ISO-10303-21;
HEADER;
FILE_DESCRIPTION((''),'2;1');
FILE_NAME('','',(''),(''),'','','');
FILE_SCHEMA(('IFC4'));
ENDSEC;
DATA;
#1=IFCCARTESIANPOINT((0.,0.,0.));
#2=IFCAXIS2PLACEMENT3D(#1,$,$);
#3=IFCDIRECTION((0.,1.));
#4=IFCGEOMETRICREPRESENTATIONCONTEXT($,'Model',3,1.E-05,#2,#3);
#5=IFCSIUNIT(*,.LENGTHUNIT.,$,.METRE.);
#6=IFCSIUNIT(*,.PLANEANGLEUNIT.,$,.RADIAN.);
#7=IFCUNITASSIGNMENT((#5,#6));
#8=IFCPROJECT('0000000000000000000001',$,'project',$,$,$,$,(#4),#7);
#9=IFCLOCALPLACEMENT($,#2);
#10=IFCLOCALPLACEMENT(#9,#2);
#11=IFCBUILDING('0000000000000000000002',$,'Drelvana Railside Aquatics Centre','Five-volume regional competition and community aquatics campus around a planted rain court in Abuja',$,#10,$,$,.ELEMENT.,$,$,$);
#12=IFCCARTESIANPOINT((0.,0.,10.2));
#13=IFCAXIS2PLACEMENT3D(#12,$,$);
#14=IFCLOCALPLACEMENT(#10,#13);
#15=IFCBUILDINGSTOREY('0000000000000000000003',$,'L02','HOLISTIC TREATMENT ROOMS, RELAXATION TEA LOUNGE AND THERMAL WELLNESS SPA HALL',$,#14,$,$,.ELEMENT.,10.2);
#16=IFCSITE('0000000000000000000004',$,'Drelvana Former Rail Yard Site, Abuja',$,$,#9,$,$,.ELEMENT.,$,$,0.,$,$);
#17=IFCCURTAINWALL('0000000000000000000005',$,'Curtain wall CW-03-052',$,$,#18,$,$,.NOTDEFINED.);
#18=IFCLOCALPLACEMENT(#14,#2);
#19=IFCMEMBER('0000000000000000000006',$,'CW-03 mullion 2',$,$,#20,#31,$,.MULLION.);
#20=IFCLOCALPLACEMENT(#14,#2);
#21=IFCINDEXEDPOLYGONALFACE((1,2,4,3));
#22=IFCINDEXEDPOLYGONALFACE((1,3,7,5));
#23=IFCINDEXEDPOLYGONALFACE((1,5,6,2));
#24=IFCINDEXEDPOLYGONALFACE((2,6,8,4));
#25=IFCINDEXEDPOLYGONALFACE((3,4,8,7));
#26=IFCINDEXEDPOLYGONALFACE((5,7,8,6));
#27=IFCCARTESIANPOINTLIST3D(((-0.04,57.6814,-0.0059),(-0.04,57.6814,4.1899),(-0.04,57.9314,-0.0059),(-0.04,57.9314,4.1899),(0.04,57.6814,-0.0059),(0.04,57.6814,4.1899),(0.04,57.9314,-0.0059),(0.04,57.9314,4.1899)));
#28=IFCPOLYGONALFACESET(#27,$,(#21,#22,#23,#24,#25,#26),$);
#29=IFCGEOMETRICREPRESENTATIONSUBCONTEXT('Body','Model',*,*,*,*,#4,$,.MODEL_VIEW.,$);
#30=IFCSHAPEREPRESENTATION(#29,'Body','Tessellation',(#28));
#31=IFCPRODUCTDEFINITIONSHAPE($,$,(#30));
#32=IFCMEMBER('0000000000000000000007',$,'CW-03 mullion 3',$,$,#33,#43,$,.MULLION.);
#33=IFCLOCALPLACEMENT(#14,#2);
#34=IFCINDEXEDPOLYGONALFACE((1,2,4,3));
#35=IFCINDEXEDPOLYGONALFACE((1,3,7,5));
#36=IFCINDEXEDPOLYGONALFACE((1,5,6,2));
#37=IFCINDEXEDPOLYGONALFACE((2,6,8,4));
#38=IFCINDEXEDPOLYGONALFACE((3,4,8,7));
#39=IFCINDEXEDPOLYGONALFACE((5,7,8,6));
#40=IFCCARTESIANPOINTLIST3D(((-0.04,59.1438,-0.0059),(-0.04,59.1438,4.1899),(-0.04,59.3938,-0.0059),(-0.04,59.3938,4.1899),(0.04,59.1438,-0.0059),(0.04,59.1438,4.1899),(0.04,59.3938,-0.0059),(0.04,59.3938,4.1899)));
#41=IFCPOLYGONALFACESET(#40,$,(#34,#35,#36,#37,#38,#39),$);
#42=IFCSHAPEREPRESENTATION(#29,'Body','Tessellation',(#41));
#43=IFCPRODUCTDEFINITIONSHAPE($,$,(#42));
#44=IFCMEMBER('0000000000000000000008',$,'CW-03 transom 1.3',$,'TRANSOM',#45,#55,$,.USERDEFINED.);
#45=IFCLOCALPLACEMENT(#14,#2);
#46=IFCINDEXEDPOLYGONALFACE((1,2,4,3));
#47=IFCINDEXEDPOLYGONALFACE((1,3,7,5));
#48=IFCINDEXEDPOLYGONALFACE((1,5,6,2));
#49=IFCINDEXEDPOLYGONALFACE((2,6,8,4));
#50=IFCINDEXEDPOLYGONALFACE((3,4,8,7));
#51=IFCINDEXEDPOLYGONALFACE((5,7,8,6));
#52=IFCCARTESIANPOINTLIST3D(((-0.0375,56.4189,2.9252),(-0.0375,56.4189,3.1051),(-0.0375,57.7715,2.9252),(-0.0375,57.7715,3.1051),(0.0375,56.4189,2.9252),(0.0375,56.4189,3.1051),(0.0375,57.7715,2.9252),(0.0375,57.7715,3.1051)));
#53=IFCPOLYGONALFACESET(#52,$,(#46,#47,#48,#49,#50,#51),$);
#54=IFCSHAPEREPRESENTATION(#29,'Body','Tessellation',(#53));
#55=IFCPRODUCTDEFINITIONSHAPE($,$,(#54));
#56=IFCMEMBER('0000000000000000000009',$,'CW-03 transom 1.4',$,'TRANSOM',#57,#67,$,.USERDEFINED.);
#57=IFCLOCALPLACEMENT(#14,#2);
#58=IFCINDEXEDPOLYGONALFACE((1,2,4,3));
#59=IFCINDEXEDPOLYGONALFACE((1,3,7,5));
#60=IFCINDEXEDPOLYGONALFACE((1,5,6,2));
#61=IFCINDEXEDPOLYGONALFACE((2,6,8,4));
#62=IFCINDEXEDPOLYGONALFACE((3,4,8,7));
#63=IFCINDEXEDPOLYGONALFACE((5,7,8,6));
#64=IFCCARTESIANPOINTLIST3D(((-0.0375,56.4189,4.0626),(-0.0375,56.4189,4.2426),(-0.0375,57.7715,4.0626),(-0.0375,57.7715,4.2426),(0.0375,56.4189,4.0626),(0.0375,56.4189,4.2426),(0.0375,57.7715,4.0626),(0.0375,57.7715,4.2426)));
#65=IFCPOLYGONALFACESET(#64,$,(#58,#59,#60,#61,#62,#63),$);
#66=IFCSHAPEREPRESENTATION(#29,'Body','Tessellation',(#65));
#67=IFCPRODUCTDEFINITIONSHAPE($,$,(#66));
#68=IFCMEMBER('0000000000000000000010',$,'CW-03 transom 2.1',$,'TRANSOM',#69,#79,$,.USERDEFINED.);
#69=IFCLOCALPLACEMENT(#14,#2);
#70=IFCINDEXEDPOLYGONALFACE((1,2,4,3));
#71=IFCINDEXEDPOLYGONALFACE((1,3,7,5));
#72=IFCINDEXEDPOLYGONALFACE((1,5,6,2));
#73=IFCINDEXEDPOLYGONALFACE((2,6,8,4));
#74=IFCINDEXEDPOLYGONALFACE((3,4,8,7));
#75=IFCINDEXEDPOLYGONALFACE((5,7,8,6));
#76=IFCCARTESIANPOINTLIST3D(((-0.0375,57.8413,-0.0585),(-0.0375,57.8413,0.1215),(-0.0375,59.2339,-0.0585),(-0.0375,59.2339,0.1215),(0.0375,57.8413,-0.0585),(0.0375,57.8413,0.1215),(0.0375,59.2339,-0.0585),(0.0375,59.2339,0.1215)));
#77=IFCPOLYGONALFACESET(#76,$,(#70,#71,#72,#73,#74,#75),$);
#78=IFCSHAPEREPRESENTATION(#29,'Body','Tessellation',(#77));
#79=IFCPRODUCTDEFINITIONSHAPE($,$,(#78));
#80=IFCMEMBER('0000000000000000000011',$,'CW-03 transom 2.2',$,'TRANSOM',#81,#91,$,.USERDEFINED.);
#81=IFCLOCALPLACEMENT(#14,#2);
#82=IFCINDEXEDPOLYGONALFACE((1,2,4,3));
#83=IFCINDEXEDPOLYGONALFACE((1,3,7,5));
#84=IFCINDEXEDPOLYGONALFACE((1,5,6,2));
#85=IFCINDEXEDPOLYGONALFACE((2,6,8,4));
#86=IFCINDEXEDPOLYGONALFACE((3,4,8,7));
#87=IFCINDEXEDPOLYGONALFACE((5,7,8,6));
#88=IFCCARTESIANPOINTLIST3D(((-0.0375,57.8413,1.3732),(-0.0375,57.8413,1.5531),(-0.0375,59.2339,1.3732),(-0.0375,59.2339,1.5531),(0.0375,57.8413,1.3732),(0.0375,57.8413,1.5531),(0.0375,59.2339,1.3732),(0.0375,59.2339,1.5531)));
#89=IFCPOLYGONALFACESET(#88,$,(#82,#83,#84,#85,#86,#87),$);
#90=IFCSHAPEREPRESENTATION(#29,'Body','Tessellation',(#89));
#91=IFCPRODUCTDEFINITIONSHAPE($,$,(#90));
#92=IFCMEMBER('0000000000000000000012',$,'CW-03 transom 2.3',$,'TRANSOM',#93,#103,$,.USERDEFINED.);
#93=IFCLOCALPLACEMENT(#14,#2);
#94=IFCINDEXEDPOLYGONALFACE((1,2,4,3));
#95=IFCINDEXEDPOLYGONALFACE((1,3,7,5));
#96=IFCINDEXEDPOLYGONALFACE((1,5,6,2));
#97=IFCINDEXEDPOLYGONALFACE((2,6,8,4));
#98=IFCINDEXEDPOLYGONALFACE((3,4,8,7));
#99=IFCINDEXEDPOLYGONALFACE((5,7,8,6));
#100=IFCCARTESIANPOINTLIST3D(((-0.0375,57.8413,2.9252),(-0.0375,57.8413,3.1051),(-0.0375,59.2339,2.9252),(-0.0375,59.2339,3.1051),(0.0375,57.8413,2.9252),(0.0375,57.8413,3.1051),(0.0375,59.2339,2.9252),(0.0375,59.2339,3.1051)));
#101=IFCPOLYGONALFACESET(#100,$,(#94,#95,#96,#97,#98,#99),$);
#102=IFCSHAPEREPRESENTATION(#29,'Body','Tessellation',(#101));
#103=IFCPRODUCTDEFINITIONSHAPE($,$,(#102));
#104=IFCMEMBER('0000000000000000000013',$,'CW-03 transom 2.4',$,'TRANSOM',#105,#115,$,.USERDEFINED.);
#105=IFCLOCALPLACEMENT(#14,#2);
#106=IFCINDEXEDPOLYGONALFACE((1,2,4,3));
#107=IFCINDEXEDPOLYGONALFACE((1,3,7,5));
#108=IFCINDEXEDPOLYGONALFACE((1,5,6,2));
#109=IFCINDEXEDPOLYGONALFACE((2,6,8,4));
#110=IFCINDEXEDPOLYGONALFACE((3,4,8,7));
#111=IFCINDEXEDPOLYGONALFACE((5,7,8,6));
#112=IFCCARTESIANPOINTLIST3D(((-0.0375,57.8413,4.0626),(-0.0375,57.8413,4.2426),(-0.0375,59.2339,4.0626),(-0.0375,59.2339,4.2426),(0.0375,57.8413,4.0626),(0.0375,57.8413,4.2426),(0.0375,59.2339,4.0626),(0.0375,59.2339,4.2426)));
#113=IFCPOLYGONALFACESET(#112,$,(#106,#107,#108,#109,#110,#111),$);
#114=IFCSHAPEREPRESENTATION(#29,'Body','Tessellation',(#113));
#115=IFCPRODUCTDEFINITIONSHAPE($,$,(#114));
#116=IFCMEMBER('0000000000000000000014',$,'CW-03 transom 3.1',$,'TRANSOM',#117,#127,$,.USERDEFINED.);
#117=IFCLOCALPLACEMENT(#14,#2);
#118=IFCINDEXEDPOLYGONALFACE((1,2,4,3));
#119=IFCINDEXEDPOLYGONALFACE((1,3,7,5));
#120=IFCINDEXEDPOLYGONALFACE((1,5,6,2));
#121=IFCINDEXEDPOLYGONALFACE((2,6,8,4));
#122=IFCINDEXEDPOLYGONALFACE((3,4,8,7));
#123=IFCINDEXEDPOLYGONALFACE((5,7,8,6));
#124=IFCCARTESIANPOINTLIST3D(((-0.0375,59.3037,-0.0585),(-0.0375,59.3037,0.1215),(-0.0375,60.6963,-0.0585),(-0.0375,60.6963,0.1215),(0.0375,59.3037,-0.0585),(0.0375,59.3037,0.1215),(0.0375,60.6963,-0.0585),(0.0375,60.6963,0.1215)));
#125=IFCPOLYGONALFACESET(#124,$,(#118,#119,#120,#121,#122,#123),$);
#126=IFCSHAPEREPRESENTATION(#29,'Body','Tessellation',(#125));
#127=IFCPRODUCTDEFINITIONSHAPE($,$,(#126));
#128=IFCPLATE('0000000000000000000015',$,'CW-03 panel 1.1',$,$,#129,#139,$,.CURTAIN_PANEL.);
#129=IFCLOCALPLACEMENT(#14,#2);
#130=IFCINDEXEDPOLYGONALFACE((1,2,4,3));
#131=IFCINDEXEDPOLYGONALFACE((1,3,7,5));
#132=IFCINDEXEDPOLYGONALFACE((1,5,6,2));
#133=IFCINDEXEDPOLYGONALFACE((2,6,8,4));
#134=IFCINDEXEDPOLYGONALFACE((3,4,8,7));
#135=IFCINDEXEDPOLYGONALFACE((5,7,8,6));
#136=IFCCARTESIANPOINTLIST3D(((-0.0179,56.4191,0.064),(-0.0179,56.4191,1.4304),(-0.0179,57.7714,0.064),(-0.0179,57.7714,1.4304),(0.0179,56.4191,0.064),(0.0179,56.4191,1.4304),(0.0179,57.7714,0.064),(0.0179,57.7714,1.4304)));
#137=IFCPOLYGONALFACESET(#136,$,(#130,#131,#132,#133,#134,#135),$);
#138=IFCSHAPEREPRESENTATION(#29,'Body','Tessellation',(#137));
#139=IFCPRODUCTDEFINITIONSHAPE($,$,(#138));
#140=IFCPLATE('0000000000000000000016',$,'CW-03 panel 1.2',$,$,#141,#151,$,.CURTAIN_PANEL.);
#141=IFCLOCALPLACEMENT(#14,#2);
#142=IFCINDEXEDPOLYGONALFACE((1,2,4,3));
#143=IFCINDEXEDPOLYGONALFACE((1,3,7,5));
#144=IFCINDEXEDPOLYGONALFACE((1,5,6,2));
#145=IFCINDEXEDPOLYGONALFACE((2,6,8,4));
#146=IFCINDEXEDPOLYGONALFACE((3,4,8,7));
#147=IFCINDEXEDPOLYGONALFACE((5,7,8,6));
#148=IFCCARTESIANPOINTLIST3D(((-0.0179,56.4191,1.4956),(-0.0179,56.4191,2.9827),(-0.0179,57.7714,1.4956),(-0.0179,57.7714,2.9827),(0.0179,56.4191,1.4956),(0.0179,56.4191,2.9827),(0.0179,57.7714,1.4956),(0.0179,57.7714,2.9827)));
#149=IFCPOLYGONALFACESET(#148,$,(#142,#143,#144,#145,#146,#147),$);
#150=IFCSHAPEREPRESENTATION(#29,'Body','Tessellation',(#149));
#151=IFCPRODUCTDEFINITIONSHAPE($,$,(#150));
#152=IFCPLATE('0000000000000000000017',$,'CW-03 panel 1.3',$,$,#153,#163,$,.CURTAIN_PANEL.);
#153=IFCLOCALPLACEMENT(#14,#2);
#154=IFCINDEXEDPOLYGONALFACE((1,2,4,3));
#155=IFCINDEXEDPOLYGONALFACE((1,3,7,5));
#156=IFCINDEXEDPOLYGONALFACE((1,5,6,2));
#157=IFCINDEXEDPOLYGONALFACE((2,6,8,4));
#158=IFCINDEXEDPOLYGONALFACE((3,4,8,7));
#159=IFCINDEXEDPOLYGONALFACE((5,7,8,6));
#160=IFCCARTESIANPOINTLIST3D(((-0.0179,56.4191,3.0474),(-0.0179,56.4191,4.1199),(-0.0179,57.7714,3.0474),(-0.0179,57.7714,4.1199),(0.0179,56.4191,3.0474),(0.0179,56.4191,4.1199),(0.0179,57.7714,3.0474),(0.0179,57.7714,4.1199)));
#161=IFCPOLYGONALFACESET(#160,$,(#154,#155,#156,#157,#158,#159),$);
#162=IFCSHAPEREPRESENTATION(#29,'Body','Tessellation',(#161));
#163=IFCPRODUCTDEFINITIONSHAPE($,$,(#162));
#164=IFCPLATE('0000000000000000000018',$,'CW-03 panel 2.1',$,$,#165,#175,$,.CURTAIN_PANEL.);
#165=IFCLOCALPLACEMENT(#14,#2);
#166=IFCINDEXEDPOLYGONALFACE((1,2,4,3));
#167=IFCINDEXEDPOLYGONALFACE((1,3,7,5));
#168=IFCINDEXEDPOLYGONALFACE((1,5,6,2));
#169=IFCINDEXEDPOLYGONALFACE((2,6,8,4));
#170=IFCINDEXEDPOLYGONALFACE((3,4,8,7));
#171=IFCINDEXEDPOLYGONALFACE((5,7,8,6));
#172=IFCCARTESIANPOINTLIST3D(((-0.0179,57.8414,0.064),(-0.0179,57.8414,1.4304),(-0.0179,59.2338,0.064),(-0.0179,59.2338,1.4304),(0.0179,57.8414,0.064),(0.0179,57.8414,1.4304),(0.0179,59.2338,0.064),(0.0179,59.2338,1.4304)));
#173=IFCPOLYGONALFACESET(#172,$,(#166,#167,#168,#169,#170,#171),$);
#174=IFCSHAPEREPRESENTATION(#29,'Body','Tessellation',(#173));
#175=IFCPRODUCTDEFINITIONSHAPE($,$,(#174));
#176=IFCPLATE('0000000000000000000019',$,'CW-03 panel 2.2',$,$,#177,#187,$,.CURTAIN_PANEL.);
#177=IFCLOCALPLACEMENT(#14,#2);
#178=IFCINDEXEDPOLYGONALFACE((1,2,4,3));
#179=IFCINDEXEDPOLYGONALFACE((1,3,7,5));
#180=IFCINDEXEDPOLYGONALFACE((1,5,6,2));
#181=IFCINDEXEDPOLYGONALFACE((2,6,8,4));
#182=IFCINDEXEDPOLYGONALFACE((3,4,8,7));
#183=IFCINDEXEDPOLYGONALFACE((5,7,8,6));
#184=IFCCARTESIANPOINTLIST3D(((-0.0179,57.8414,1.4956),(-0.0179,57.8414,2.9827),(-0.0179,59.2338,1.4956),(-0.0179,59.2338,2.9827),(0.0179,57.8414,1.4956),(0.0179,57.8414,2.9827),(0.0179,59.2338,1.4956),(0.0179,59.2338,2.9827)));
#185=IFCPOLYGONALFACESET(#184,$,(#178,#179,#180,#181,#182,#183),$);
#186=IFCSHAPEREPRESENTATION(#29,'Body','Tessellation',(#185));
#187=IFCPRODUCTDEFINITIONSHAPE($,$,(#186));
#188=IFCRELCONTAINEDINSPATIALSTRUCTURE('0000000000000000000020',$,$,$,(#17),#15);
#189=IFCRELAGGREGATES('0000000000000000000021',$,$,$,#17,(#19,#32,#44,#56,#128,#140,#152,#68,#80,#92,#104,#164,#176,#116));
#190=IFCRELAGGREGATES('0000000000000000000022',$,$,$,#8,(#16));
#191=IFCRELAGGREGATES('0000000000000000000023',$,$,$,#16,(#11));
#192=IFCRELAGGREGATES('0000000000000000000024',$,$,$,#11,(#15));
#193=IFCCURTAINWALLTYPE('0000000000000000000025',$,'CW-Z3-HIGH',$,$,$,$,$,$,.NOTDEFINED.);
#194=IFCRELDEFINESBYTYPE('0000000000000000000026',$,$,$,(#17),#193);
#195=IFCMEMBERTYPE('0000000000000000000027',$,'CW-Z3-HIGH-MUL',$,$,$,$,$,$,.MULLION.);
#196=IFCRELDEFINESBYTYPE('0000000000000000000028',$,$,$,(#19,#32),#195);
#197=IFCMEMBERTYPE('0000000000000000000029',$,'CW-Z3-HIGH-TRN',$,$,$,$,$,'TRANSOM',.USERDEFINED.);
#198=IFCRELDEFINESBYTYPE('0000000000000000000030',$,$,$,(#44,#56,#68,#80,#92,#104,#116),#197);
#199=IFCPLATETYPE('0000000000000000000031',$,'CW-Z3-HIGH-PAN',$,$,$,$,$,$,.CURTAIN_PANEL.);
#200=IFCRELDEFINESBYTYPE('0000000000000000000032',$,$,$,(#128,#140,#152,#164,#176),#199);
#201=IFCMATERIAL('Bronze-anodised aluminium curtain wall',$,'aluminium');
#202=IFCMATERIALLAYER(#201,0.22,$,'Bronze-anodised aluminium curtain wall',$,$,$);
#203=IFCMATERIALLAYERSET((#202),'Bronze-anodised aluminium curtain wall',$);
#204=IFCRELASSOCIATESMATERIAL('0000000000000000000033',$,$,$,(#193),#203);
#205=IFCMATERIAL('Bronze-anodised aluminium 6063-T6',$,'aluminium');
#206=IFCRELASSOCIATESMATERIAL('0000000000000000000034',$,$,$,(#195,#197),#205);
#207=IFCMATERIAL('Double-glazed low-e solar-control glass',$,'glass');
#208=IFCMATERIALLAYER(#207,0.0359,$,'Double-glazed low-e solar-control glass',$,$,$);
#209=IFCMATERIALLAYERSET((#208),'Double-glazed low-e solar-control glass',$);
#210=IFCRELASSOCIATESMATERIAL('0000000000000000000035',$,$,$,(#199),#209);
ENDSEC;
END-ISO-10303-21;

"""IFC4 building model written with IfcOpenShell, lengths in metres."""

from ifc_helpers import new_model, si_unit, direction, frame, origin, origin_2d, place, context, subcontext, project, spatial, rectangle, extrude, material, layer, layer_set, material_profile, profile_set, type_object, element, aggregate, save


model = new_model("IFC4")

# Units and contexts
model_context = context("Model", 3, precision=1e-05, world=origin(), true_north=direction((0.0, 1.0)))
body_context = subcontext(model_context, "Body", "Model", "MODEL_VIEW")
ifc_project = project(units=[si_unit("LENGTHUNIT", "METRE"), si_unit("PLANEANGLEUNIT", "RADIAN")], contexts=[model_context])

# Site, building, storey
site_placement = place(None, origin())
site = spatial("IfcSite", under=ifc_project, at=site_placement, Name="Drelvana Former Rail Yard Site, Abuja", CompositionType="ELEMENT", RefElevation=0.0)
building_placement = place(site_placement, origin())
building = spatial("IfcBuilding", under=site, at=building_placement, Name="Drelvana Railside Aquatics Centre", Description="Five-volume regional competition and community aquatics campus around a planted rain court in Abuja", CompositionType="ELEMENT")
storey_placement = place(building_placement, frame((0.0, 0.0, 10.2)))
storey = spatial("IfcBuildingStorey", under=building, at=storey_placement, Name="L02", Description="HOLISTIC TREATMENT ROOMS, RELAXATION TEA LOUNGE AND THERMAL WELLNESS SPA HALL", CompositionType="ELEMENT", Elevation=10.2)

# Curtain wall, members, plates
ifc_material_1 = material(Name="Bronze-anodised aluminium curtain wall", Category="aluminium")
ifc_layer_1 = layer(ifc_material_1, 0.22, Name="Bronze-anodised aluminium curtain wall")
ifc_layer_set_1 = layer_set([ifc_layer_1], Name="Bronze-anodised aluminium curtain wall")
curtain_wall_type = type_object("IfcCurtainWallType", Name="CW-Z3-HIGH", PredefinedType="NOTDEFINED", material=ifc_layer_set_1)
curtain_wall_placement = place(storey_placement, origin())
curtain_wall = element("IfcCurtainWall", 1, at=curtain_wall_placement, inside=storey, type_object=curtain_wall_type, Name="Curtain wall CW-03-052", PredefinedType="NOTDEFINED")
ifc_material_2 = material(Name="Bronze-anodised aluminium 6063-T6", Category="aluminium")
ifc_material_profile_1 = material_profile(ifc_material_2, rectangle(XDim=0.0801, YDim=0.25, at=origin_2d()), Name="ALU-M 80x250")
ifc_profile_set_1 = profile_set([ifc_material_profile_1], Name="Bronze-anodised aluminium 6063-T6")
member_type_1 = type_object("IfcMemberType", Name="CW-Z3-HIGH-MUL", PredefinedType="MULLION", material=ifc_profile_set_1)
member_1_placement = place(storey_placement, frame((0.0, 57.8064, -0.0059), z_axis=(0.0, 0.0, 1.0), x_axis=(-1.0, 0.0, 0.0)))
member_1 = element("IfcMember", 2, at=member_1_placement, type_object=member_type_1, Name="CW-03 mullion 2", PredefinedType="MULLION", context=body_context, shape_type="SweptSolid", body=[
    extrude(rectangle(XDim=0.0801, YDim=0.25, at=origin_2d()), origin(), (0.0, 0.0, 1.0), 4.1958),
])
member_2_placement = place(storey_placement, frame((0.0, 59.2688, -0.0059), z_axis=(0.0, 0.0, 1.0), x_axis=(-1.0, 0.0, 0.0)))
member_2 = element("IfcMember", 3, at=member_2_placement, type_object=member_type_1, Name="CW-03 mullion 3", PredefinedType="MULLION", context=body_context, shape_type="SweptSolid", body=[
    extrude(rectangle(XDim=0.0801, YDim=0.25, at=origin_2d()), origin(), (0.0, 0.0, 1.0), 4.1958),
])
ifc_material_profile_2 = material_profile(ifc_material_2, rectangle(XDim=0.1799, YDim=0.075, at=origin_2d()), Name="ALU-T 75x180")
ifc_profile_set_2 = profile_set([ifc_material_profile_2], Name="Bronze-anodised aluminium 6063-T6")
member_type_2 = type_object("IfcMemberType", Name="CW-Z3-HIGH-TRN", ElementType="TRANSOM", PredefinedType="USERDEFINED", material=ifc_profile_set_2)
member_3_placement = place(storey_placement, frame((0.0, 56.4189, 3.0151), z_axis=(0.0, 1.0, 0.0), x_axis=(0.0, 0.0, 1.0)))
member_3 = element("IfcMember", 4, at=member_3_placement, type_object=member_type_2, Name="CW-03 transom 1.3", ObjectType="TRANSOM", PredefinedType="USERDEFINED", context=body_context, shape_type="SweptSolid", body=[
    extrude(rectangle(XDim=0.1799, YDim=0.075, at=origin_2d()), origin(), (0.0, 0.0, 1.0), 1.3525),
])
member_4_placement = place(storey_placement, frame((0.0, 56.4189, 4.1526), z_axis=(0.0, 1.0, 0.0), x_axis=(0.0, 0.0, 1.0)))
member_4 = element("IfcMember", 5, at=member_4_placement, type_object=member_type_2, Name="CW-03 transom 1.4", ObjectType="TRANSOM", PredefinedType="USERDEFINED", context=body_context, shape_type="SweptSolid", body=[
    extrude(rectangle(XDim=0.1799, YDim=0.075, at=origin_2d()), origin(), (0.0, 0.0, 1.0), 1.3525),
])
member_5_placement = place(storey_placement, frame((0.0, 57.8413, 0.0315), z_axis=(0.0, 1.0, 0.0), x_axis=(0.0, 0.0, 1.0)))
member_5 = element("IfcMember", 6, at=member_5_placement, type_object=member_type_2, Name="CW-03 transom 2.1", ObjectType="TRANSOM", PredefinedType="USERDEFINED", context=body_context, shape_type="SweptSolid", body=[
    extrude(rectangle(XDim=0.1799, YDim=0.075, at=origin_2d()), origin(), (0.0, 0.0, 1.0), 1.3926),
])
member_6_placement = place(storey_placement, frame((0.0, 57.8413, 1.4631), z_axis=(0.0, 1.0, 0.0), x_axis=(0.0, 0.0, 1.0)))
member_6 = element("IfcMember", 7, at=member_6_placement, type_object=member_type_2, Name="CW-03 transom 2.2", ObjectType="TRANSOM", PredefinedType="USERDEFINED", context=body_context, shape_type="SweptSolid", body=[
    extrude(rectangle(XDim=0.1799, YDim=0.075, at=origin_2d()), origin(), (0.0, 0.0, 1.0), 1.3926),
])
member_7_placement = place(storey_placement, frame((0.0, 57.8413, 3.0151), z_axis=(0.0, 1.0, 0.0), x_axis=(0.0, 0.0, 1.0)))
member_7 = element("IfcMember", 8, at=member_7_placement, type_object=member_type_2, Name="CW-03 transom 2.3", ObjectType="TRANSOM", PredefinedType="USERDEFINED", context=body_context, shape_type="SweptSolid", body=[
    extrude(rectangle(XDim=0.1799, YDim=0.075, at=origin_2d()), origin(), (0.0, 0.0, 1.0), 1.3926),
])
member_8_placement = place(storey_placement, frame((0.0, 57.8413, 4.1526), z_axis=(0.0, 1.0, 0.0), x_axis=(0.0, 0.0, 1.0)))
member_8 = element("IfcMember", 9, at=member_8_placement, type_object=member_type_2, Name="CW-03 transom 2.4", ObjectType="TRANSOM", PredefinedType="USERDEFINED", context=body_context, shape_type="SweptSolid", body=[
    extrude(rectangle(XDim=0.1799, YDim=0.075, at=origin_2d()), origin(), (0.0, 0.0, 1.0), 1.3926),
])
member_9_placement = place(storey_placement, frame((0.0, 59.3037, 0.0315), z_axis=(0.0, 1.0, 0.0), x_axis=(0.0, 0.0, 1.0)))
member_9 = element("IfcMember", 10, at=member_9_placement, type_object=member_type_2, Name="CW-03 transom 3.1", ObjectType="TRANSOM", PredefinedType="USERDEFINED", context=body_context, shape_type="SweptSolid", body=[
    extrude(rectangle(XDim=0.1799, YDim=0.075, at=origin_2d()), origin(), (0.0, 0.0, 1.0), 1.3926),
])
ifc_material_3 = material(Name="Double-glazed low-e solar-control glass", Category="glass")
ifc_layer_2 = layer(ifc_material_3, 0.0359, Name="Double-glazed low-e solar-control glass")
ifc_layer_set_2 = layer_set([ifc_layer_2], Name="Double-glazed low-e solar-control glass")
plate_type = type_object("IfcPlateType", Name="CW-Z3-HIGH-PAN", PredefinedType="CURTAIN_PANEL", material=ifc_layer_set_2)
plate_1_placement = place(storey_placement, frame((0.0, 57.0952, 0.064), z_axis=(0.0, 0.0, 1.0), x_axis=(0.0, 1.0, 0.0)))
plate_1 = element("IfcPlate", 11, at=plate_1_placement, type_object=plate_type, Name="CW-03 panel 1.1", PredefinedType="CURTAIN_PANEL", context=body_context, shape_type="SweptSolid", body=[
    extrude(rectangle(XDim=1.3523, YDim=0.0359, at=origin_2d()), origin(), (0.0, 0.0, 1.0), 1.3665),
])
plate_2_placement = place(storey_placement, frame((0.0, 57.0952, 1.4956), z_axis=(0.0, 0.0, 1.0), x_axis=(0.0, 1.0, 0.0)))
plate_2 = element("IfcPlate", 12, at=plate_2_placement, type_object=plate_type, Name="CW-03 panel 1.2", PredefinedType="CURTAIN_PANEL", context=body_context, shape_type="SweptSolid", body=[
    extrude(rectangle(XDim=1.3523, YDim=0.0359, at=origin_2d()), origin(), (0.0, 0.0, 1.0), 1.4871),
])
plate_3_placement = place(storey_placement, frame((0.0, 57.0952, 3.0474), z_axis=(0.0, 0.0, 1.0), x_axis=(0.0, 1.0, 0.0)))
plate_3 = element("IfcPlate", 13, at=plate_3_placement, type_object=plate_type, Name="CW-03 panel 1.3", PredefinedType="CURTAIN_PANEL", context=body_context, shape_type="SweptSolid", body=[
    extrude(rectangle(XDim=1.3523, YDim=0.0359, at=origin_2d()), origin(), (0.0, 0.0, 1.0), 1.0725),
])
plate_4_placement = place(storey_placement, frame((0.0, 58.5376, 0.064), z_axis=(0.0, 0.0, 1.0), x_axis=(0.0, 1.0, 0.0)))
plate_4 = element("IfcPlate", 14, at=plate_4_placement, type_object=plate_type, Name="CW-03 panel 2.1", PredefinedType="CURTAIN_PANEL", context=body_context, shape_type="SweptSolid", body=[
    extrude(rectangle(XDim=1.3923, YDim=0.0359, at=origin_2d()), origin(), (0.0, 0.0, 1.0), 1.3665),
])
plate_5_placement = place(storey_placement, frame((0.0, 58.5376, 1.4956), z_axis=(0.0, 0.0, 1.0), x_axis=(0.0, 1.0, 0.0)))
plate_5 = element("IfcPlate", 15, at=plate_5_placement, type_object=plate_type, Name="CW-03 panel 2.2", PredefinedType="CURTAIN_PANEL", context=body_context, shape_type="SweptSolid", body=[
    extrude(rectangle(XDim=1.3923, YDim=0.0359, at=origin_2d()), origin(), (0.0, 0.0, 1.0), 1.4871),
])
aggregate(curtain_wall, [member_1, member_2, member_3, member_4, plate_1, plate_2, plate_3, member_5, member_6, member_7, member_8, plate_4, plate_5, member_9])

save(model, "model.ifc")
